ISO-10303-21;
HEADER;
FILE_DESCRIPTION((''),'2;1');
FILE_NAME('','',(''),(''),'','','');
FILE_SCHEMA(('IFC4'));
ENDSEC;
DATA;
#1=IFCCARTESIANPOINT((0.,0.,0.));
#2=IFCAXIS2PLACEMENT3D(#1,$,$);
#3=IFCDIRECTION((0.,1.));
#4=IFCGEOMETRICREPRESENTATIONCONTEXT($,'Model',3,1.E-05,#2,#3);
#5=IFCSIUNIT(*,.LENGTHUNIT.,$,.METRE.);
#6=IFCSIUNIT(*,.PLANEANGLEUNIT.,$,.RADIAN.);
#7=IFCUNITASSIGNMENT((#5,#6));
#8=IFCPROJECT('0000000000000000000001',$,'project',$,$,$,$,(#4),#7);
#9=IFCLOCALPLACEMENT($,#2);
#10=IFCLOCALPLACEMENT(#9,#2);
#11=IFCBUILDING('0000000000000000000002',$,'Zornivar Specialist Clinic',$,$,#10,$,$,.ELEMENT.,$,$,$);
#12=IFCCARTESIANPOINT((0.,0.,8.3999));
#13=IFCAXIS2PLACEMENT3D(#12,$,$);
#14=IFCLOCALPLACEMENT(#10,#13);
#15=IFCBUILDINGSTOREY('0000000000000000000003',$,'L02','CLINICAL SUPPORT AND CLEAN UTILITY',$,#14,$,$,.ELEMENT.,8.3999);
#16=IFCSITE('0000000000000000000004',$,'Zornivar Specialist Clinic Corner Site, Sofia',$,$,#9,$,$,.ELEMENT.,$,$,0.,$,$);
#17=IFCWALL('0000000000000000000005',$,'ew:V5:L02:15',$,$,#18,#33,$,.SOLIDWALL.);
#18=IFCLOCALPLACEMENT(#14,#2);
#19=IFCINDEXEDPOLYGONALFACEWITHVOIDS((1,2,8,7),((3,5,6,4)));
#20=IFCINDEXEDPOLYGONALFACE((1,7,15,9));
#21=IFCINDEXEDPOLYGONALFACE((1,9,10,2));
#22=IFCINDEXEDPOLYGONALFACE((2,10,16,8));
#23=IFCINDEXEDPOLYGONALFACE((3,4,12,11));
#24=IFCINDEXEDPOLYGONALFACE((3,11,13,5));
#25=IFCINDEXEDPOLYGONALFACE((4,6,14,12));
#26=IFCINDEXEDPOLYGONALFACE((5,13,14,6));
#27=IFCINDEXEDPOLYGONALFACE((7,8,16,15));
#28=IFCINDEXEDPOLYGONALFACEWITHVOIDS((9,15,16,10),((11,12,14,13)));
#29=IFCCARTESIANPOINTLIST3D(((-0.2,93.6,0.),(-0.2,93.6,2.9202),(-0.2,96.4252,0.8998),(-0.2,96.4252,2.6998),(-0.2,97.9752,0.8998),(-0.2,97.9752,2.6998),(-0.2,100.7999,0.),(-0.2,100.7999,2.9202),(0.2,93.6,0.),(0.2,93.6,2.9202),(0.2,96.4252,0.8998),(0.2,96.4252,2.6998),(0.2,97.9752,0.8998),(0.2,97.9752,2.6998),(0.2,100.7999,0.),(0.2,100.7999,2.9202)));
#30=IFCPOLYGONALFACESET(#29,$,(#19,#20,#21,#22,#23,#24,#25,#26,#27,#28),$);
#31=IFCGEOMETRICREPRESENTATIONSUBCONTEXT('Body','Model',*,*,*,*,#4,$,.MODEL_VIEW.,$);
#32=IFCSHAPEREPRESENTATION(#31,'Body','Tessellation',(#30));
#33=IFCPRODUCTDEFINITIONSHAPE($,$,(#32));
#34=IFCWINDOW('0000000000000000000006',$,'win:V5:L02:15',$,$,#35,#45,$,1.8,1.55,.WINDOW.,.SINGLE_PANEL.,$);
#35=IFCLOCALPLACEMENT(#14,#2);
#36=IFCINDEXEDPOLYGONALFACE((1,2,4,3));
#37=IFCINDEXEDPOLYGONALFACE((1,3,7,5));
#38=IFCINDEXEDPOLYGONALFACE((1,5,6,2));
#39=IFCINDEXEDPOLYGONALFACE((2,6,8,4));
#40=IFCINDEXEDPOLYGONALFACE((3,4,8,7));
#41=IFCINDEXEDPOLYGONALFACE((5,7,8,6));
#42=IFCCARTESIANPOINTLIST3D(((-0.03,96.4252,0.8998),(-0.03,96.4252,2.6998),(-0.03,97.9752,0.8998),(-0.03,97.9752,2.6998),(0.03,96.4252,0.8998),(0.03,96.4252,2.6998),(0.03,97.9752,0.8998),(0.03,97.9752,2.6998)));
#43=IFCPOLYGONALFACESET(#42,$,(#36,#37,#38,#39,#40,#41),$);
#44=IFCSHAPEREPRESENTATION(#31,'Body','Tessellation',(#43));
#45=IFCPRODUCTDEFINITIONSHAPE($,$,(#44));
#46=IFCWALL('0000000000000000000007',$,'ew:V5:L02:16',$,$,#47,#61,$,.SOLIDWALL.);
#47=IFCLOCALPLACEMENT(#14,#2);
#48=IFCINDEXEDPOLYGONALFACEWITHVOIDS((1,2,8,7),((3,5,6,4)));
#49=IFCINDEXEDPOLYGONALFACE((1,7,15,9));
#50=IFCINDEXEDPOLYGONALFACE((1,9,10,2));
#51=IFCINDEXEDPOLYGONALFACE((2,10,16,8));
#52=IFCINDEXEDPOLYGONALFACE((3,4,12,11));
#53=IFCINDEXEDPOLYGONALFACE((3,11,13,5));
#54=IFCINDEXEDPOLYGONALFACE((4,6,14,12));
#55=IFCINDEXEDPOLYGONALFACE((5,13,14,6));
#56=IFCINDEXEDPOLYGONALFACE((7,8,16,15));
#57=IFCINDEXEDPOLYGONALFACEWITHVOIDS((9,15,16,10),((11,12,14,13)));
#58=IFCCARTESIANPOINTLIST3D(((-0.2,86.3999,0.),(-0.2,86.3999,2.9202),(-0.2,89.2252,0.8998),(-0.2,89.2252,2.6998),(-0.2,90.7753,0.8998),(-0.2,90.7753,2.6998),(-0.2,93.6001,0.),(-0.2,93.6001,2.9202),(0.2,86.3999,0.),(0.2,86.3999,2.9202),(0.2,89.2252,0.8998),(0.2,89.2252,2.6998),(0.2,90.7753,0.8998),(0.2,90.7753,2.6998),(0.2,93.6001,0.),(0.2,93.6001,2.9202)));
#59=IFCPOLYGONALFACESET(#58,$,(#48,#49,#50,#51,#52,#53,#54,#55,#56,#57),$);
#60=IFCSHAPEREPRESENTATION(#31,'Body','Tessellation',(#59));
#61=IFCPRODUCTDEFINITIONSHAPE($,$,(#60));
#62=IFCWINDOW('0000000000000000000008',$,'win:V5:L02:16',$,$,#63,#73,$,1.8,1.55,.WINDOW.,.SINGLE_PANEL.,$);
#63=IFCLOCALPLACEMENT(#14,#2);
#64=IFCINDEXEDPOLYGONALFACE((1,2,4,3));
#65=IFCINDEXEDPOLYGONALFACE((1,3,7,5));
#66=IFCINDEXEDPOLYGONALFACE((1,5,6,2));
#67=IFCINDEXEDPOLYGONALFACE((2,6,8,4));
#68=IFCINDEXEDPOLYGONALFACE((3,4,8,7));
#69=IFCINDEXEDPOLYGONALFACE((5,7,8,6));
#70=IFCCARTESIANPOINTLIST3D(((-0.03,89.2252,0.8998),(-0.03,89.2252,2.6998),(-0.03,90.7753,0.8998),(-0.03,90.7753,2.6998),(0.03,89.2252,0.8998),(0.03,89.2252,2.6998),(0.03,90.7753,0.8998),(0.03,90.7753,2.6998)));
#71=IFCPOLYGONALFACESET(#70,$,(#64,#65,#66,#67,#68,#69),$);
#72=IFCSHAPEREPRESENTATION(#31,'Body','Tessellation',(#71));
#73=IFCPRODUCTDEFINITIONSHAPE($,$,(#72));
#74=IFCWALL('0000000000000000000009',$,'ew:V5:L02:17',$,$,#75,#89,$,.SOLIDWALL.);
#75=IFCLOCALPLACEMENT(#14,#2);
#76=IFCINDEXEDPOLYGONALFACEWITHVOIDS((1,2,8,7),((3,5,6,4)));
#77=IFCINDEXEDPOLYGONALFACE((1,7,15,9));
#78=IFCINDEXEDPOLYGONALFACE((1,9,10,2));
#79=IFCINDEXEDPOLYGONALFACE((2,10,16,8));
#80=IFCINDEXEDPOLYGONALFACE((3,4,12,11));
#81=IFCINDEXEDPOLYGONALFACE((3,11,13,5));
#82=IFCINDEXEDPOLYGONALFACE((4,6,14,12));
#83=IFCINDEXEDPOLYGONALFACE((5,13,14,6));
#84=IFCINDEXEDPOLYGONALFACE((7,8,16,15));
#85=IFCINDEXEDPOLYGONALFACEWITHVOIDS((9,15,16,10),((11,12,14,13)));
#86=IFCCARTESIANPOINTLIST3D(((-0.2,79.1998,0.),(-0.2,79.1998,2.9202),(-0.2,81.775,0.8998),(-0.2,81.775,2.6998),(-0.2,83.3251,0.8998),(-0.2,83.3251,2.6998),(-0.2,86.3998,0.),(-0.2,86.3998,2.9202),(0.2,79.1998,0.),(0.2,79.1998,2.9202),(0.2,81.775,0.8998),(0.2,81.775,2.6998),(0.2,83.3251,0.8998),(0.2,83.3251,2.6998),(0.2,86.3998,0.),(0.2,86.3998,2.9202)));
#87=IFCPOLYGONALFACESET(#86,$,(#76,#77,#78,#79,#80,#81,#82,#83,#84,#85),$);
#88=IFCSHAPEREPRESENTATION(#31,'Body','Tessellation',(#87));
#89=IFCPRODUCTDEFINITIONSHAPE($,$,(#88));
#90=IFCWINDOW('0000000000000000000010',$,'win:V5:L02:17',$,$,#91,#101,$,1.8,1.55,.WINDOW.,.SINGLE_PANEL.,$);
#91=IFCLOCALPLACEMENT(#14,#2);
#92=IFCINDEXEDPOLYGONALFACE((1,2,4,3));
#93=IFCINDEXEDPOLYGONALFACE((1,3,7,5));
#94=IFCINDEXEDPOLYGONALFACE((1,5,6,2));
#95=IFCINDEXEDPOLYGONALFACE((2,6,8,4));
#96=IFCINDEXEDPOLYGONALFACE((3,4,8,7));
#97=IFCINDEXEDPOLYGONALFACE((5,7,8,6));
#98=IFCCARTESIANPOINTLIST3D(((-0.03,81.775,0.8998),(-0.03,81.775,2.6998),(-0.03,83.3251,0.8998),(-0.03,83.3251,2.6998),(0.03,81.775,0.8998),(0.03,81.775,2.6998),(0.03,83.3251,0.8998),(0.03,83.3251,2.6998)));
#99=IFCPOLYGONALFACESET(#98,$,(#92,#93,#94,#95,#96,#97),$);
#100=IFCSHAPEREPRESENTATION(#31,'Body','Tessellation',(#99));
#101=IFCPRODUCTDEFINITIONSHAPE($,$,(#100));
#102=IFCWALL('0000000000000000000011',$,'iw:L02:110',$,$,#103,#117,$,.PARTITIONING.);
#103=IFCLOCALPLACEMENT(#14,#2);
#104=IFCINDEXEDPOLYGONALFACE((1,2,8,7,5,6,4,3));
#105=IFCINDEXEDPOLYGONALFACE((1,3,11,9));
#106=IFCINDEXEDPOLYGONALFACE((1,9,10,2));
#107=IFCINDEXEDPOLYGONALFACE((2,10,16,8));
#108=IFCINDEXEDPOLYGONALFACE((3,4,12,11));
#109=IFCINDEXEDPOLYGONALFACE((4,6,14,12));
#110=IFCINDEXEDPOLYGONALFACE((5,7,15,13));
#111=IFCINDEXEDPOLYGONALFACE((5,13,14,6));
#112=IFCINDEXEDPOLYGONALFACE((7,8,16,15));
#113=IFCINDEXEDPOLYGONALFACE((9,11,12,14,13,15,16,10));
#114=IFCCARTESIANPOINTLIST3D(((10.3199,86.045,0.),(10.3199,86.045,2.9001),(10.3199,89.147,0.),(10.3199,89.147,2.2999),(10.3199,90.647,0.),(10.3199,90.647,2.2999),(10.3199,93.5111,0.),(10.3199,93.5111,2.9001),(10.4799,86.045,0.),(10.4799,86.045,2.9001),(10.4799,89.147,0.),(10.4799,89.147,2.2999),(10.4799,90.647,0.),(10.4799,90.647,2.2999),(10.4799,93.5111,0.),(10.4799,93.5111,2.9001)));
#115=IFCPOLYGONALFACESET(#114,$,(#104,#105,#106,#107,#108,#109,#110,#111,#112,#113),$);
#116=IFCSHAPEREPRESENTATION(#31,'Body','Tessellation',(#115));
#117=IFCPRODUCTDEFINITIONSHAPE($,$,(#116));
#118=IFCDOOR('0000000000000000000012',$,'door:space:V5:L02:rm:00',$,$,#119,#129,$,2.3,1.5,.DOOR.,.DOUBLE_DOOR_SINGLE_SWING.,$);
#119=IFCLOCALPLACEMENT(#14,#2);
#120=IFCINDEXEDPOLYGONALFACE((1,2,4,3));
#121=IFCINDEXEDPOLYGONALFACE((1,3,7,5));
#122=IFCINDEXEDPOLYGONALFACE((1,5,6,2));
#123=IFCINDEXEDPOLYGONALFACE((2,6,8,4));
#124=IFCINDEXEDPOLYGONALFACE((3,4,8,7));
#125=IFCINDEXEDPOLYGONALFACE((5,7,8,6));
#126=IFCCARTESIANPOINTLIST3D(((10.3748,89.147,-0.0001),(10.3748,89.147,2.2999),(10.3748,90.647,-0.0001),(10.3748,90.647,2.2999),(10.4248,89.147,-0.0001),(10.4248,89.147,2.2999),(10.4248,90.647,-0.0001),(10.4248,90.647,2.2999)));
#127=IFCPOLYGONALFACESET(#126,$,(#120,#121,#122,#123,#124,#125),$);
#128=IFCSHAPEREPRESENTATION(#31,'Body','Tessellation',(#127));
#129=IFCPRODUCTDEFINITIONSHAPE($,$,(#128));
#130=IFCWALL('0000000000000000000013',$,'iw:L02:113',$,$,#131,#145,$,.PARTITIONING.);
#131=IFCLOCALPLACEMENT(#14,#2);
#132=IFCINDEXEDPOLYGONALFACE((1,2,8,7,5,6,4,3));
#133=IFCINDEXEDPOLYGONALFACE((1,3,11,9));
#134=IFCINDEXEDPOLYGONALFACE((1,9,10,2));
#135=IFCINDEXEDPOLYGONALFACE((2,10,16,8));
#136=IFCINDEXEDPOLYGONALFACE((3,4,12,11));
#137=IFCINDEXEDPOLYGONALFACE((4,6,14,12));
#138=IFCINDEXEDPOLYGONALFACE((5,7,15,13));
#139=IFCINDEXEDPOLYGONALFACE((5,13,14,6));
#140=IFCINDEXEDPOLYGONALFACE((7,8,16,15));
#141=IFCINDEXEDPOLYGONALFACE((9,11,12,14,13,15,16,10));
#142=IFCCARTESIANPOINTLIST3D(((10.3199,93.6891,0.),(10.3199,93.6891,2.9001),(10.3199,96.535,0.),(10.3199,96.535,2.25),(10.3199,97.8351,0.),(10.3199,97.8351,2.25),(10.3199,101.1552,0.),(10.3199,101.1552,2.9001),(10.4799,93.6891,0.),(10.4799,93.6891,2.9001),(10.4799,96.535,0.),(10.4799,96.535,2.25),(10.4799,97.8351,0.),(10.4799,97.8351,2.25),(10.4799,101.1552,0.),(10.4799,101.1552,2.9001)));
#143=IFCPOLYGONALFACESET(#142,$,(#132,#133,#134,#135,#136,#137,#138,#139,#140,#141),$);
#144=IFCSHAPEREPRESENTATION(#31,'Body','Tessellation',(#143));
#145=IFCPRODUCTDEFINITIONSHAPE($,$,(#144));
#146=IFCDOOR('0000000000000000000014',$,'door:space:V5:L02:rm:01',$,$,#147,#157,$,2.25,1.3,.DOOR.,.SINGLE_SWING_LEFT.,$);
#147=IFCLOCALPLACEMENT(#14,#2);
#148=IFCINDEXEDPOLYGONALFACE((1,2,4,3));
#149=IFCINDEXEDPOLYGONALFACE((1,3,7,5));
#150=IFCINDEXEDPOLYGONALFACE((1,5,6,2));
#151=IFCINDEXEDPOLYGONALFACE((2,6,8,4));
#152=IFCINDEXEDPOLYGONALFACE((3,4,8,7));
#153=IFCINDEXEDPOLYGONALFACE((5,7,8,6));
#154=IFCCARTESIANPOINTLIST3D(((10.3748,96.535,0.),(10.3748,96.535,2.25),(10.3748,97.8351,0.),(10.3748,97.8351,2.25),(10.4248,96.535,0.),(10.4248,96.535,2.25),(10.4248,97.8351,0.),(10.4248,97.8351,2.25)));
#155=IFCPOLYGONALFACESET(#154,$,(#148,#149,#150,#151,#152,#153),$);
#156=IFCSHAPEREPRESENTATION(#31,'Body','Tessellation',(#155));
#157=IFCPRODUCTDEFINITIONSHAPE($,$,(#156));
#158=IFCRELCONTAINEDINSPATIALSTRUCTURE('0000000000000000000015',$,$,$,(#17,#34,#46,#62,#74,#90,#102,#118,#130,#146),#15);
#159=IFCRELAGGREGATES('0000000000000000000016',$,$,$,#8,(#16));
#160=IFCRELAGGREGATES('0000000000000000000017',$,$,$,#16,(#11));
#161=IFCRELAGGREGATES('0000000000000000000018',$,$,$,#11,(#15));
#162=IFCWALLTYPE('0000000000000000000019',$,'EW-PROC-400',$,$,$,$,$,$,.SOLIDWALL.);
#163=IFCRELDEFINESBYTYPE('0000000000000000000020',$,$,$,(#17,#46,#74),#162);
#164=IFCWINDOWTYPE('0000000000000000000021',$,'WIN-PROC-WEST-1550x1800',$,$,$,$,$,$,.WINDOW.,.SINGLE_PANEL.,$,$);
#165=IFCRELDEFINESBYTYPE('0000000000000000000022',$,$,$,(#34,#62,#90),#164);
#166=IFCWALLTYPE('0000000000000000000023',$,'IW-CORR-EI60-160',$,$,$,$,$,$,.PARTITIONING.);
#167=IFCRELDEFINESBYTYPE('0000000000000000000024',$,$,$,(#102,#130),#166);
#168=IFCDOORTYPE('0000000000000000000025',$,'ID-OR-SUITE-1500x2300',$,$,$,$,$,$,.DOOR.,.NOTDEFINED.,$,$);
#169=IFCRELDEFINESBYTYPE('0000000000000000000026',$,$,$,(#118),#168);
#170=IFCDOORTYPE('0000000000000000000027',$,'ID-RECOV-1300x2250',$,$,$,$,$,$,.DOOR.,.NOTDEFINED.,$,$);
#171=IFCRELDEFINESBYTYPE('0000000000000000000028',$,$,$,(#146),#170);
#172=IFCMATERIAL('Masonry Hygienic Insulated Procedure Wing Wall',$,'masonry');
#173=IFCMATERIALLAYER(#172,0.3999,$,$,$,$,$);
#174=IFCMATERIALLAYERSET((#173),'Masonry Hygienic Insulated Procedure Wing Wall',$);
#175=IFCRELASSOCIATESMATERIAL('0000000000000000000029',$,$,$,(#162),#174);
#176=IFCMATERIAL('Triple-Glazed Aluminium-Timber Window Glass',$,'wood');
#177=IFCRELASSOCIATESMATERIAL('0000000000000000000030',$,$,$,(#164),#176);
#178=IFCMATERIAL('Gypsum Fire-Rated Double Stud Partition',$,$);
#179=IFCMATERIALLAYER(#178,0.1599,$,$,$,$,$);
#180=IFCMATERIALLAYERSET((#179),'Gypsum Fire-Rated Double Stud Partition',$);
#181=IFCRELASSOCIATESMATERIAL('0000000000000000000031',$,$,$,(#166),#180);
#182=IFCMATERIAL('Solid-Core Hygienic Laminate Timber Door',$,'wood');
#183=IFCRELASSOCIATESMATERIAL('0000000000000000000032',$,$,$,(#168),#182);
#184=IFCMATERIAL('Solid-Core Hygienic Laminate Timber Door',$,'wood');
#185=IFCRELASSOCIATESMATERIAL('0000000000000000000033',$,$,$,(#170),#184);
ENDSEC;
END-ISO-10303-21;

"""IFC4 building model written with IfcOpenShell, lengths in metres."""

from ifc_helpers import new_model, si_unit, direction, frame, frame_2d, origin, place, context, subcontext, project, spatial, rectangle, extrude, material, layer, layer_set, type_object, element, fill, save


model = new_model("IFC4")

# Units and contexts
model_context = context("Model", 3, precision=1e-05, world=origin(), true_north=direction((0.0, 1.0)))
body_context = subcontext(model_context, "Body", "Model", "MODEL_VIEW")
ifc_project = project(units=[si_unit("LENGTHUNIT", "METRE"), si_unit("PLANEANGLEUNIT", "RADIAN")], contexts=[model_context])

# Site, building, storey
site_placement = place(None, origin())
site = spatial("IfcSite", under=ifc_project, at=site_placement, Name="Zornivar Specialist Clinic Corner Site, Sofia", CompositionType="ELEMENT", RefElevation=0.0)
building_placement = place(site_placement, origin())
building = spatial("IfcBuilding", under=site, at=building_placement, Name="Zornivar Specialist Clinic", CompositionType="ELEMENT")
storey_placement = place(building_placement, frame((0.0, 0.0, 8.3999)))
storey = spatial("IfcBuildingStorey", under=building, at=storey_placement, Name="L02", Description="CLINICAL SUPPORT AND CLEAN UTILITY", CompositionType="ELEMENT", Elevation=8.3999)

# Walls, openings, windows
ifc_material_1 = material(Name="Masonry Hygienic Insulated Procedure Wing Wall", Category="masonry")
ifc_layer_1 = layer(ifc_material_1, 0.3999)
ifc_layer_set_1 = layer_set([ifc_layer_1], Name="Masonry Hygienic Insulated Procedure Wing Wall")
wall_type_1 = type_object("IfcWallType", Name="EW-PROC-400", PredefinedType="SOLIDWALL", material=ifc_layer_set_1)
wall_1_placement = place(storey_placement, frame((0.0, 100.8, 0.0), z_axis=(0.0, 0.0, 1.0), x_axis=(0.0, -1.0, 0.0)))
wall_1 = element("IfcWall", 1, at=wall_1_placement, inside=storey, type_object=wall_type_1, Name="ew:V5:L02:15", PredefinedType="SOLIDWALL", context=body_context, shape_type="SweptSolid", body=[
    extrude(rectangle(XDim=7.2, YDim=0.3999, at=frame_2d((3.6001, 0.0))), origin(), (0.0, 0.0, 1.0), 2.9202),
])
opening_1_placement = place(wall_1_placement, frame((2.825, 0.0, 0.8999)))
opening_1 = element("IfcOpeningElement", 2, at=opening_1_placement, cuts=wall_1, PredefinedType="OPENING", context=body_context, shape_type="SweptSolid", body=[
    extrude(rectangle(XDim=1.55, YDim=1.8, at=frame_2d((0.7749, 0.8999))), frame((0.0, 0.21, 0.0), z_axis=(0.0, -1.0, 0.0), x_axis=(1.0, 0.0, 0.0)), (0.0, 0.0, 1.0), 0.4199),
])
ifc_material_2 = material(Name="Triple-Glazed Aluminium-Timber Window Glass", Category="wood")
window_type = type_object("IfcWindowType", Name="WIN-PROC-WEST-1550x1800", PartitioningType="SINGLE_PANEL", PredefinedType="WINDOW", material=ifc_material_2)
window_1_placement = place(opening_1_placement, origin())
window_1 = element("IfcWindow", 3, at=window_1_placement, inside=storey, type_object=window_type, Name="win:V5:L02:15", OverallHeight=1.8, OverallWidth=1.55, PartitioningType="SINGLE_PANEL", PredefinedType="WINDOW", context=body_context, shape_type="SweptSolid", body=[
    extrude(rectangle(XDim=1.55, YDim=1.8, at=frame_2d((0.7749, 0.8999))), frame((0.0, 0.03, 0.0), z_axis=(0.0, -1.0, 0.0), x_axis=(1.0, 0.0, 0.0)), (0.0, 0.0, 1.0), 0.0601),
])
fill(opening_1, window_1)
wall_2_placement = place(storey_placement, frame((0.0, 93.6001, 0.0), z_axis=(0.0, 0.0, 1.0), x_axis=(0.0, -1.0, 0.0)))
wall_2 = element("IfcWall", 4, at=wall_2_placement, inside=storey, type_object=wall_type_1, Name="ew:V5:L02:16", PredefinedType="SOLIDWALL", context=body_context, shape_type="SweptSolid", body=[
    extrude(rectangle(XDim=7.2002, YDim=0.3999, at=frame_2d((3.6001, 0.0))), origin(), (0.0, 0.0, 1.0), 2.9202),
])
opening_2_placement = place(wall_2_placement, frame((2.825, 0.0, 0.8999)))
opening_2 = element("IfcOpeningElement", 5, at=opening_2_placement, cuts=wall_2, PredefinedType="OPENING", context=body_context, shape_type="SweptSolid", body=[
    extrude(rectangle(XDim=1.55, YDim=1.8, at=frame_2d((0.7749, 0.8999))), frame((0.0, 0.21, 0.0), z_axis=(0.0, -1.0, 0.0), x_axis=(1.0, 0.0, 0.0)), (0.0, 0.0, 1.0), 0.4199),
])
window_2_placement = place(opening_2_placement, origin())
window_2 = element("IfcWindow", 6, at=window_2_placement, inside=storey, type_object=window_type, Name="win:V5:L02:16", OverallHeight=1.8, OverallWidth=1.55, PartitioningType="SINGLE_PANEL", PredefinedType="WINDOW", context=body_context, shape_type="SweptSolid", body=[
    extrude(rectangle(XDim=1.55, YDim=1.8, at=frame_2d((0.7749, 0.8999))), frame((0.0, 0.03, 0.0), z_axis=(0.0, -1.0, 0.0), x_axis=(1.0, 0.0, 0.0)), (0.0, 0.0, 1.0), 0.0601),
])
fill(opening_2, window_2)
wall_3_placement = place(storey_placement, frame((0.0, 86.3999, 0.0), z_axis=(0.0, 0.0, 1.0), x_axis=(0.0, -1.0, 0.0)))
wall_3 = element("IfcWall", 7, at=wall_3_placement, inside=storey, type_object=wall_type_1, Name="ew:V5:L02:17", PredefinedType="SOLIDWALL", context=body_context, shape_type="SweptSolid", body=[
    extrude(rectangle(XDim=7.2, YDim=0.3999, at=frame_2d((3.6001, 0.0))), origin(), (0.0, 0.0, 1.0), 2.9202),
])
opening_3_placement = place(wall_3_placement, frame((3.075, 0.0, 0.8999)))
opening_3 = element("IfcOpeningElement", 8, at=opening_3_placement, cuts=wall_3, PredefinedType="OPENING", context=body_context, shape_type="SweptSolid", body=[
    extrude(rectangle(XDim=1.55, YDim=1.8, at=frame_2d((0.7749, 0.8999))), frame((0.0, 0.21, 0.0), z_axis=(0.0, -1.0, 0.0), x_axis=(1.0, 0.0, 0.0)), (0.0, 0.0, 1.0), 0.4199),
])
window_3_placement = place(opening_3_placement, origin())
window_3 = element("IfcWindow", 9, at=window_3_placement, inside=storey, type_object=window_type, Name="win:V5:L02:17", OverallHeight=1.8, OverallWidth=1.55, PartitioningType="SINGLE_PANEL", PredefinedType="WINDOW", context=body_context, shape_type="SweptSolid", body=[
    extrude(rectangle(XDim=1.55, YDim=1.8, at=frame_2d((0.7749, 0.8999))), frame((0.0, 0.03, 0.0), z_axis=(0.0, -1.0, 0.0), x_axis=(1.0, 0.0, 0.0)), (0.0, 0.0, 1.0), 0.0601),
])
fill(opening_3, window_3)

# Walls, openings, doors
ifc_material_3 = material(Name="Gypsum Fire-Rated Double Stud Partition")
ifc_layer_2 = layer(ifc_material_3, 0.1599)
ifc_layer_set_2 = layer_set([ifc_layer_2], Name="Gypsum Fire-Rated Double Stud Partition")
wall_type_2 = type_object("IfcWallType", Name="IW-CORR-EI60-160", PredefinedType="PARTITIONING", material=ifc_layer_set_2)
wall_4_placement = place(storey_placement, frame((10.3999, 93.511, 0.0), z_axis=(0.0, 0.0, 1.0), x_axis=(0.0, -1.0, 0.0)))
wall_4 = element("IfcWall", 10, at=wall_4_placement, inside=storey, type_object=wall_type_2, Name="iw:L02:110", PredefinedType="PARTITIONING", context=body_context, shape_type="SweptSolid", body=[
    extrude(rectangle(XDim=7.4661, YDim=0.1599, at=frame_2d((3.7329, 0.0))), origin(), (0.0, 0.0, 1.0), 2.9001),
])
opening_4_placement = place(wall_4_placement, frame((2.864, 0.0, 0.0)))
opening_4 = element("IfcOpeningElement", 11, at=opening_4_placement, cuts=wall_4, PredefinedType="OPENING", context=body_context, shape_type="SweptSolid", body=[
    extrude(rectangle(XDim=1.5, YDim=2.3, at=frame_2d((0.75, 1.1499))), frame((0.0, 0.0898, 0.0), z_axis=(0.0, -1.0, 0.0), x_axis=(1.0, 0.0, 0.0)), (0.0, 0.0, 1.0), 0.1799),
])
ifc_material_4 = material(Name="Solid-Core Hygienic Laminate Timber Door", Category="wood")
door_type_1 = type_object("IfcDoorType", Name="ID-OR-SUITE-1500x2300", OperationType="NOTDEFINED", PredefinedType="DOOR", material=ifc_material_4)
door_1_placement = place(opening_4_placement, origin())
door_1 = element("IfcDoor", 12, at=door_1_placement, inside=storey, type_object=door_type_1, Name="door:space:V5:L02:rm:00", OperationType="DOUBLE_DOOR_SINGLE_SWING", OverallHeight=2.3, OverallWidth=1.5, PredefinedType="DOOR", context=body_context, shape_type="SweptSolid", body=[
    extrude(rectangle(XDim=1.5, YDim=2.3, at=frame_2d((0.75, 1.1499))), frame((0.0, 0.0249, 0.0), z_axis=(0.0, -1.0, 0.0), x_axis=(1.0, 0.0, 0.0)), (0.0, 0.0, 1.0), 0.05),
])
fill(opening_4, door_1)
wall_5_placement = place(storey_placement, frame((10.3999, 101.155, 0.0), z_axis=(0.0, 0.0, 1.0), x_axis=(0.0, -1.0, 0.0)))
wall_5 = element("IfcWall", 13, at=wall_5_placement, inside=storey, type_object=wall_type_2, Name="iw:L02:113", PredefinedType="PARTITIONING", context=body_context, shape_type="SweptSolid", body=[
    extrude(rectangle(XDim=7.4661, YDim=0.1599, at=frame_2d((3.7329, 0.0))), origin(), (0.0, 0.0, 1.0), 2.9001),
])
opening_5_placement = place(wall_5_placement, frame((3.3201, 0.0, 0.0)))
opening_5 = element("IfcOpeningElement", 14, at=opening_5_placement, cuts=wall_5, PredefinedType="OPENING", context=body_context, shape_type="SweptSolid", body=[
    extrude(rectangle(XDim=1.3, YDim=2.25, at=frame_2d((0.6499, 1.125))), frame((0.0, 0.0898, 0.0), z_axis=(0.0, -1.0, 0.0), x_axis=(1.0, 0.0, 0.0)), (0.0, 0.0, 1.0), 0.1799),
])
ifc_material_5 = material(Name="Solid-Core Hygienic Laminate Timber Door", Category="wood")
door_type_2 = type_object("IfcDoorType", Name="ID-RECOV-1300x2250", OperationType="NOTDEFINED", PredefinedType="DOOR", material=ifc_material_5)
door_2_placement = place(opening_5_placement, origin())
door_2 = element("IfcDoor", 15, at=door_2_placement, inside=storey, type_object=door_type_2, Name="door:space:V5:L02:rm:01", OperationType="SINGLE_SWING_LEFT", OverallHeight=2.25, OverallWidth=1.3, PredefinedType="DOOR", context=body_context, shape_type="SweptSolid", body=[
    extrude(rectangle(XDim=1.3, YDim=2.25, at=frame_2d((0.6499, 1.125))), frame((0.0, 0.0249, 0.0), z_axis=(0.0, -1.0, 0.0), x_axis=(1.0, 0.0, 0.0)), (0.0, 0.0, 1.0), 0.05),
])
fill(opening_5, door_2)

save(model, "model.ifc")
